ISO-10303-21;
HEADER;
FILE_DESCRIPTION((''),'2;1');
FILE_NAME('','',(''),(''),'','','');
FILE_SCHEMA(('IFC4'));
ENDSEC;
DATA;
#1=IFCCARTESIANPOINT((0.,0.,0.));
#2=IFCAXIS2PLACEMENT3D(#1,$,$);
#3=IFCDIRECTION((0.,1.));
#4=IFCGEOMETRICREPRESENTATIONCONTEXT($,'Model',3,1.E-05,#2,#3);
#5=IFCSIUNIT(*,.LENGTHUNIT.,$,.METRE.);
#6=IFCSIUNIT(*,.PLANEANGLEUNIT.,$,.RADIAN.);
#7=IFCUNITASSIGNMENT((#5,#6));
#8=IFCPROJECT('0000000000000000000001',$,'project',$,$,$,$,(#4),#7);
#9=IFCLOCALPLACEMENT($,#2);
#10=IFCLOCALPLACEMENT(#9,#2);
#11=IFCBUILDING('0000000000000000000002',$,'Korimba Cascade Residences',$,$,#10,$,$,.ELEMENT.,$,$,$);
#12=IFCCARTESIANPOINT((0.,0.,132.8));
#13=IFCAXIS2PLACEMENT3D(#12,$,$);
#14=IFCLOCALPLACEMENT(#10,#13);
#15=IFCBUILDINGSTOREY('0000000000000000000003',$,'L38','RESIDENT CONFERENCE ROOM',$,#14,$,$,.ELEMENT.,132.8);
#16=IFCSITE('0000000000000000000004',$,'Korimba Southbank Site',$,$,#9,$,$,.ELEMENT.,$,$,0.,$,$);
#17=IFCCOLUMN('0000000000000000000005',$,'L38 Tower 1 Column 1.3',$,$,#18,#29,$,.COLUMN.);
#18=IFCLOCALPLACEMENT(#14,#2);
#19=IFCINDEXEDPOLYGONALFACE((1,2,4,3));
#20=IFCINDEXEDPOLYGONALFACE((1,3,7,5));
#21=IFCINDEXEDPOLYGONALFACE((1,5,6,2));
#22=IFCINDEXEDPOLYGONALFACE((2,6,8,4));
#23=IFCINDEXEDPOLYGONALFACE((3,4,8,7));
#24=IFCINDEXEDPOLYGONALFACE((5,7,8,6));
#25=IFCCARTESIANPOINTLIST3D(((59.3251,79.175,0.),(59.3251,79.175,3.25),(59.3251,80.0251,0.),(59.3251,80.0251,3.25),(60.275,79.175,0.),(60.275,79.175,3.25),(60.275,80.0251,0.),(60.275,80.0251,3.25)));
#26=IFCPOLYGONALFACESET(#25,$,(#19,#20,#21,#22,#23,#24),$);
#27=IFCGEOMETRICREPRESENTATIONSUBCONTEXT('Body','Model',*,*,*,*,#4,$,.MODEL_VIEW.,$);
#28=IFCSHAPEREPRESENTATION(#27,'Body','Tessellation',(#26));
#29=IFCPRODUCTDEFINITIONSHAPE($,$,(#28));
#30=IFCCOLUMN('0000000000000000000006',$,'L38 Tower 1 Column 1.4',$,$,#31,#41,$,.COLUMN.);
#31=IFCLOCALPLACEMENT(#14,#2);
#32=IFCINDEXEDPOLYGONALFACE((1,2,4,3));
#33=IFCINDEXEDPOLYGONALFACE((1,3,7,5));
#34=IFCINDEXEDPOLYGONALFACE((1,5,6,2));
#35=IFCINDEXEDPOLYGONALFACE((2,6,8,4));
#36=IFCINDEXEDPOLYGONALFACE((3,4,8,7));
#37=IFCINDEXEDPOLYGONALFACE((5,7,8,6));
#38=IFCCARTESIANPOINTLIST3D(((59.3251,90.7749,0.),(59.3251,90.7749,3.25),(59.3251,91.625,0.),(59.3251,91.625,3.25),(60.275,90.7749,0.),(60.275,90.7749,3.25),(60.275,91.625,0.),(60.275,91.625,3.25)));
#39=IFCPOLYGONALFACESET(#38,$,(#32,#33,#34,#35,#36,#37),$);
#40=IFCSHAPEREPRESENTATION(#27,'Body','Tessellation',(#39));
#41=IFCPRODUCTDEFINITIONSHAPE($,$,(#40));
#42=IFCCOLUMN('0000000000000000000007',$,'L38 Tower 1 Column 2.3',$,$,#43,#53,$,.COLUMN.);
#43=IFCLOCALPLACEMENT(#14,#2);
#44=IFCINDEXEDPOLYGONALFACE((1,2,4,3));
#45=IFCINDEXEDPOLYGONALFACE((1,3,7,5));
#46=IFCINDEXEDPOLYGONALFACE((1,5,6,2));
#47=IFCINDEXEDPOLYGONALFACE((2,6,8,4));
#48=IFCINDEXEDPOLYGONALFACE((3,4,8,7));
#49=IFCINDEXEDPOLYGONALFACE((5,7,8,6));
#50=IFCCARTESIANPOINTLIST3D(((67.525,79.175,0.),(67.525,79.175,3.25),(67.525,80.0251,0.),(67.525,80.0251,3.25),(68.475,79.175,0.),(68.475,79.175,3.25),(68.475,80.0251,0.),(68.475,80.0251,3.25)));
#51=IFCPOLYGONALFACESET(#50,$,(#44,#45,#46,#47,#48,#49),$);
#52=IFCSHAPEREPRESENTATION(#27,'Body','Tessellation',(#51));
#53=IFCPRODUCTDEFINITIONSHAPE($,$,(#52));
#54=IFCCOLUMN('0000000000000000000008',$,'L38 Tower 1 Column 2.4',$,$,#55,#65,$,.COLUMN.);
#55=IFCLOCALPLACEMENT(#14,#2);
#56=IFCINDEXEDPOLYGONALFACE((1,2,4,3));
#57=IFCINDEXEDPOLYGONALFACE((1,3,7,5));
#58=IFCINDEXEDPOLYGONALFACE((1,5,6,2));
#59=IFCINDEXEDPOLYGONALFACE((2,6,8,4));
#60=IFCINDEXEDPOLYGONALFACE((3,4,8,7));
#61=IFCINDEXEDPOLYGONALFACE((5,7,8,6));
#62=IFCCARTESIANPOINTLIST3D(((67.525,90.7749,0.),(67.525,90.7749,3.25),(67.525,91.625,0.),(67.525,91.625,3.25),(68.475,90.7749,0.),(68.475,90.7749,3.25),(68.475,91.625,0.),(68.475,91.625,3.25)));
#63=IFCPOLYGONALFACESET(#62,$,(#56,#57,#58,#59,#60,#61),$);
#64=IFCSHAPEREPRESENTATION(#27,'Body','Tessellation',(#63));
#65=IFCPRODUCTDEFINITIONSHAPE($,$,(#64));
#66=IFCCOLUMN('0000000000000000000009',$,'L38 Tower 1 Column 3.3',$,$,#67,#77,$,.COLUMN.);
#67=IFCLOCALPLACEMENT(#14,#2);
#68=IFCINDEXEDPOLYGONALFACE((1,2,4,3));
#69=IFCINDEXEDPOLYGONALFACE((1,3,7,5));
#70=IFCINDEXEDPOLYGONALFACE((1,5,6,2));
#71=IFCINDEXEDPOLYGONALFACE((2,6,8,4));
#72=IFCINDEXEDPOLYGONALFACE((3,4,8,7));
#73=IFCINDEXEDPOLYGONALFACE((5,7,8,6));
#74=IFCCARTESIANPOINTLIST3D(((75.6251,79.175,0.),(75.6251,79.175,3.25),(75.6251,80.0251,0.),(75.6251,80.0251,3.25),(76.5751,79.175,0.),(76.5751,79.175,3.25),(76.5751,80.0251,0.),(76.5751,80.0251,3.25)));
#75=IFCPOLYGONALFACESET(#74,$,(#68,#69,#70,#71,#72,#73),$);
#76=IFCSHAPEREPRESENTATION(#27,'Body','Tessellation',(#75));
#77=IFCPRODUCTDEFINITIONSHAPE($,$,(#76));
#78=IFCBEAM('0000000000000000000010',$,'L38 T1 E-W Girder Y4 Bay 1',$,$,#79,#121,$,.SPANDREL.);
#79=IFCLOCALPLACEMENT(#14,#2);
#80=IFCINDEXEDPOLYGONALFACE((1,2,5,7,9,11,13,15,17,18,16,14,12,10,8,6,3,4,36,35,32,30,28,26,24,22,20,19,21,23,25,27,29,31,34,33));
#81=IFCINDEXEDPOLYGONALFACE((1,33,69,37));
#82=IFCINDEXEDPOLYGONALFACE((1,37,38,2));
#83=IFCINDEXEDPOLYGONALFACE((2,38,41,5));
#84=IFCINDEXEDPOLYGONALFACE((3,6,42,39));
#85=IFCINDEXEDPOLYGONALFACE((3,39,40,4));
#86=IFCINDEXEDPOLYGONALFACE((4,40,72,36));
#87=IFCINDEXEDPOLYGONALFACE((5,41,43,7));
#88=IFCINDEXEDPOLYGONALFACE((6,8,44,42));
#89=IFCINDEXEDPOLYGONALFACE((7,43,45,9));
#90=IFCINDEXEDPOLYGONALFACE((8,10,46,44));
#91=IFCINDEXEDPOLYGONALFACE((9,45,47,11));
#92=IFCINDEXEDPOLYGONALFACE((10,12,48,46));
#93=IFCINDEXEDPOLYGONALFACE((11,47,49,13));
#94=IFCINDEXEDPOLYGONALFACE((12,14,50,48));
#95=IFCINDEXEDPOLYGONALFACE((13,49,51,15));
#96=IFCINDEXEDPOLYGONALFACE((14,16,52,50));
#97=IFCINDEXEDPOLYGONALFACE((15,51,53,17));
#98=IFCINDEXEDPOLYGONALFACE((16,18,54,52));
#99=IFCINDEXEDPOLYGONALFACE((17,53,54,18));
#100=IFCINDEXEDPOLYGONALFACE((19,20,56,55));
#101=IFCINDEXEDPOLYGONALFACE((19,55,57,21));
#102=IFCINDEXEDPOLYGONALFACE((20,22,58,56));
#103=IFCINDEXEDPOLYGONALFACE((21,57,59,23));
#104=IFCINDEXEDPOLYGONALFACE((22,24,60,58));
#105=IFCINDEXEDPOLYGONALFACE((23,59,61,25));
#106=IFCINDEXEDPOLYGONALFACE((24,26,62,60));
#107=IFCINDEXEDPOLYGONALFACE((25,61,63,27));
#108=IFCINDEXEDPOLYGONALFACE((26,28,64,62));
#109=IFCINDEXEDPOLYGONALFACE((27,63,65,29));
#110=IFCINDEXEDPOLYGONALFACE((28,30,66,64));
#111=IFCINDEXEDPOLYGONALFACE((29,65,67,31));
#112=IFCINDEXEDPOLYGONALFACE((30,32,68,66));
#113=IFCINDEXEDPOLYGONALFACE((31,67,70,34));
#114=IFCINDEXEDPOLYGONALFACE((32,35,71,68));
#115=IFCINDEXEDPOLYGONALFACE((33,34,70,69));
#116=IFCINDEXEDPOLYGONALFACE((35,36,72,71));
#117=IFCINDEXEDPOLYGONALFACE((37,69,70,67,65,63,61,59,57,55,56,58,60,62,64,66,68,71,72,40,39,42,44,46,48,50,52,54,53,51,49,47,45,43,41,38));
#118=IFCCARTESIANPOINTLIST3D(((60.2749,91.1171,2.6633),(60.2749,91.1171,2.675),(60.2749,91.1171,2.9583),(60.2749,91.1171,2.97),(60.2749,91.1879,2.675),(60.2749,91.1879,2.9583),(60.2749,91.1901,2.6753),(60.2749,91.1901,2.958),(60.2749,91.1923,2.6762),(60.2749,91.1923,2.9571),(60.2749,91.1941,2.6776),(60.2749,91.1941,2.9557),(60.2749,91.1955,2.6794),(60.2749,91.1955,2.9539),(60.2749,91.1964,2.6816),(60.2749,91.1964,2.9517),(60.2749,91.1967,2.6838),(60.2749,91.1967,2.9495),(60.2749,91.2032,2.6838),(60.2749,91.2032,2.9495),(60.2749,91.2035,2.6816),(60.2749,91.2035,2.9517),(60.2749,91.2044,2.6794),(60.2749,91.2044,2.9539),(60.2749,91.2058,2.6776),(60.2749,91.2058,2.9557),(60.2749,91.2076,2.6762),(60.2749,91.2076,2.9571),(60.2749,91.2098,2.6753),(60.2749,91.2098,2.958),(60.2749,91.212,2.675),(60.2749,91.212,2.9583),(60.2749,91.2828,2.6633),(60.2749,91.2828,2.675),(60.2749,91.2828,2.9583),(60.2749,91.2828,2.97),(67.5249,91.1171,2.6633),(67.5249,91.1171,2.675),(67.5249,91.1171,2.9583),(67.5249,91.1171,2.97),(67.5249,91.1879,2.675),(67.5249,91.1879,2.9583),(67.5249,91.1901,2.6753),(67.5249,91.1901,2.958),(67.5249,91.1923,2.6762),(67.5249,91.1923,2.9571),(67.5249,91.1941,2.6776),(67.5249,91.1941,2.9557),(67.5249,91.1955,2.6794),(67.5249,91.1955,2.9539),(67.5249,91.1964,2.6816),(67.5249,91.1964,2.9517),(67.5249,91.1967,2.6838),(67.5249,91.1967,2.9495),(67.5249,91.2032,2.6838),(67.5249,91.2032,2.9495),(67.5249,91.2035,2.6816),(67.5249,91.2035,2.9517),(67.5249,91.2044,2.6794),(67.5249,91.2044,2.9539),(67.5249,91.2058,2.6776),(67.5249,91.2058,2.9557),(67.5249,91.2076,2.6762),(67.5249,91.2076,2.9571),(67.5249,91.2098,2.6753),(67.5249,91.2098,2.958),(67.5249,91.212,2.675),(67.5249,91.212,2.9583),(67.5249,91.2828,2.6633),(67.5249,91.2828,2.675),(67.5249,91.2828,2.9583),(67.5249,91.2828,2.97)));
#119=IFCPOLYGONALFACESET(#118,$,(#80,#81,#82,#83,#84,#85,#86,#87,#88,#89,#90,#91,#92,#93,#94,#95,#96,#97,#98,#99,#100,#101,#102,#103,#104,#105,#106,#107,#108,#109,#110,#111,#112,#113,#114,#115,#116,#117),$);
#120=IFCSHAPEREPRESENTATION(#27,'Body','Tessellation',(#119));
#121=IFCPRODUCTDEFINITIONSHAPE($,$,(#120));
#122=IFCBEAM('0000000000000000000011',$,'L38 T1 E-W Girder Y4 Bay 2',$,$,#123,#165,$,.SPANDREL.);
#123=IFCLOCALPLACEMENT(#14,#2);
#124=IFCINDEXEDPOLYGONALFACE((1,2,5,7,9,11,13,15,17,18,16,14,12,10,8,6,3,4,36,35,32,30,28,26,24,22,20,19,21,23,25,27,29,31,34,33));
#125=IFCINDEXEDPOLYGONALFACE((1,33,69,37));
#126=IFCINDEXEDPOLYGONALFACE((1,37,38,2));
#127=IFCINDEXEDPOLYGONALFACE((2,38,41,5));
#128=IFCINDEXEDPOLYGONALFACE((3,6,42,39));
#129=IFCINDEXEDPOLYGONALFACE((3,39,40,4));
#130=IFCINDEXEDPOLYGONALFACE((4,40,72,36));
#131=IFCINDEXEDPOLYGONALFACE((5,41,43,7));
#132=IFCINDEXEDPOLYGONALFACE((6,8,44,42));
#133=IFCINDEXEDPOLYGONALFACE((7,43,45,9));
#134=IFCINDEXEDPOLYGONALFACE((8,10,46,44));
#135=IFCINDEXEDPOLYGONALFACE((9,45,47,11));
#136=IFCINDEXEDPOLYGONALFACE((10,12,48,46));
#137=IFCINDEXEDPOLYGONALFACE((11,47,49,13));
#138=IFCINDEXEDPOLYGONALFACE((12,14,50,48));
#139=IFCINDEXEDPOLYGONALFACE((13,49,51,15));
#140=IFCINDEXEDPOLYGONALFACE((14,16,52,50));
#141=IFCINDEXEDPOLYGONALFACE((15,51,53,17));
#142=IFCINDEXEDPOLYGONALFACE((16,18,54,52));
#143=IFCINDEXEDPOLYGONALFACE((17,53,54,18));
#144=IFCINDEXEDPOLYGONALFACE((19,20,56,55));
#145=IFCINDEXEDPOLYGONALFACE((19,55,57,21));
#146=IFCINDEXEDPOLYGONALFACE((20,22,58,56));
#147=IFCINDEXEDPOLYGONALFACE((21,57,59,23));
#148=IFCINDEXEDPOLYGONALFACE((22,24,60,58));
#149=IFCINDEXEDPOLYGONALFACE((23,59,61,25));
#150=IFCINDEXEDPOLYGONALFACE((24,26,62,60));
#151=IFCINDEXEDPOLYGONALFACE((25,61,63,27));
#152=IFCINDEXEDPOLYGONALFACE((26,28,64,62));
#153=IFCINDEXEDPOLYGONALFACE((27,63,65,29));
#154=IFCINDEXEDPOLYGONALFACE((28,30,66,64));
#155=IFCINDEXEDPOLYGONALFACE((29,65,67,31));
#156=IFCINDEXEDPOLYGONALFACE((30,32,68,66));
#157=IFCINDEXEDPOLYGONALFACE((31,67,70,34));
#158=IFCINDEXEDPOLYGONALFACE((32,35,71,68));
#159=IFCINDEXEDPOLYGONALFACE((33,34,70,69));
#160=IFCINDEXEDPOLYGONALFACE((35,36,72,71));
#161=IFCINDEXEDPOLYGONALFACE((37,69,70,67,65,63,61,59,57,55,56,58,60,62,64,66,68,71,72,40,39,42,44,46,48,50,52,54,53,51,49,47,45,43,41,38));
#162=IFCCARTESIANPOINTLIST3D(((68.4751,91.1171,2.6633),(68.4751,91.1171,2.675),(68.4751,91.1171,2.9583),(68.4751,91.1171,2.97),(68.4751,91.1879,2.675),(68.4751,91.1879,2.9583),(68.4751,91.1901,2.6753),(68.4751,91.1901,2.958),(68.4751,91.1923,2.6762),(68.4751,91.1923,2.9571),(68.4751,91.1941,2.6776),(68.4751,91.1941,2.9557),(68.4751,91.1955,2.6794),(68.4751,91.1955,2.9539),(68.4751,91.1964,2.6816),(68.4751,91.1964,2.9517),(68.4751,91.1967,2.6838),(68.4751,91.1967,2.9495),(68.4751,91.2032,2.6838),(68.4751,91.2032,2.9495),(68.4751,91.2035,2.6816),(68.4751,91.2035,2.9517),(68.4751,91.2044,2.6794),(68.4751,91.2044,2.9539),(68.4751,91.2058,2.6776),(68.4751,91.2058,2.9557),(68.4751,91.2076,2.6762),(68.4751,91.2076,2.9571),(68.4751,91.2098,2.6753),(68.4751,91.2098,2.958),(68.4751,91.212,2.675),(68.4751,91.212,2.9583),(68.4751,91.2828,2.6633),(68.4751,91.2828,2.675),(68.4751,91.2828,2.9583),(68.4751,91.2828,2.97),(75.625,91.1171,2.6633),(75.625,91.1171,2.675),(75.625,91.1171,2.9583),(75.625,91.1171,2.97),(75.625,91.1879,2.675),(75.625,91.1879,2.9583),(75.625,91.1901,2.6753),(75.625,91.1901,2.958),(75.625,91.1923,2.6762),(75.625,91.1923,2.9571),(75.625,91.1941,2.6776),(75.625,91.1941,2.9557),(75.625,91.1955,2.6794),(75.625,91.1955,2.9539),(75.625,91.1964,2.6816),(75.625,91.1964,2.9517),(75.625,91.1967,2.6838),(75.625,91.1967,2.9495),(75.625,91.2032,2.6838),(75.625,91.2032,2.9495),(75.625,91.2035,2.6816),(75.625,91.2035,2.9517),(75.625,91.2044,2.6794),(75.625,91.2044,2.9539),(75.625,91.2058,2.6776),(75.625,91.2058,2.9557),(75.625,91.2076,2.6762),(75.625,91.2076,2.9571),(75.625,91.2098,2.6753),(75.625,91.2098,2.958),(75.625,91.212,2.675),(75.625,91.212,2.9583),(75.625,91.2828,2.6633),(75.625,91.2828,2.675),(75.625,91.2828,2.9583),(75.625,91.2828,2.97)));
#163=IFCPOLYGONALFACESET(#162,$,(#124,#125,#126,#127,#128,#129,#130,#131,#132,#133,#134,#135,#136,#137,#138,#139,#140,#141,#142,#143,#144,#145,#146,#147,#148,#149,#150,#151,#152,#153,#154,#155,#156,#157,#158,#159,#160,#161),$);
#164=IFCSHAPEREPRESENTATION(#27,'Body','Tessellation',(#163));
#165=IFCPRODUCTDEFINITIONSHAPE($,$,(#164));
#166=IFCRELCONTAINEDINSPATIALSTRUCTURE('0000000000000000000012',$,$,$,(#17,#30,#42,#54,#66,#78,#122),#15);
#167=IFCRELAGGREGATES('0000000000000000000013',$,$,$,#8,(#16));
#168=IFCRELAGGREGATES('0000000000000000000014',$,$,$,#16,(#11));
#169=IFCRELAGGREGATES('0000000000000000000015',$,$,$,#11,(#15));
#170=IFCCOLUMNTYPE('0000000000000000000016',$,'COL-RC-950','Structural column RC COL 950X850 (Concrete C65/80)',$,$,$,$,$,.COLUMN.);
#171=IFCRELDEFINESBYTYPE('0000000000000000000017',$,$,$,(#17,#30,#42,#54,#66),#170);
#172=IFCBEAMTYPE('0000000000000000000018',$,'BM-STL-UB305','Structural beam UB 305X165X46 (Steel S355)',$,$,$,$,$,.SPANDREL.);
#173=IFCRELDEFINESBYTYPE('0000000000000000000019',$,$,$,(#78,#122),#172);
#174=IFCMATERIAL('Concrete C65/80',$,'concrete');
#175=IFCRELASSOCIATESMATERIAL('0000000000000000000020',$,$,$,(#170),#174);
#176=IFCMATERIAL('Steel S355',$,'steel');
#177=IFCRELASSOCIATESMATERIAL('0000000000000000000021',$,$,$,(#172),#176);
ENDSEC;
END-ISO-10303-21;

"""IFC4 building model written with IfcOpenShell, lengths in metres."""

from ifc_helpers import new_model, si_unit, direction, frame, origin, origin_2d, place, context, subcontext, project, spatial, rectangle, i_section, extrude, material, material_profile, profile_set, type_object, element, save


model = new_model("IFC4")

# Units and contexts
model_context = context("Model", 3, precision=1e-05, world=origin(), true_north=direction((0.0, 1.0)))
body_context = subcontext(model_context, "Body", "Model", "MODEL_VIEW")
ifc_project = project(units=[si_unit("LENGTHUNIT", "METRE"), si_unit("PLANEANGLEUNIT", "RADIAN")], contexts=[model_context])

# Site, building, storey
site_placement = place(None, origin())
site = spatial("IfcSite", under=ifc_project, at=site_placement, Name="Korimba Southbank Site", CompositionType="ELEMENT", RefElevation=0.0)
building_placement = place(site_placement, origin())
building = spatial("IfcBuilding", under=site, at=building_placement, Name="Korimba Cascade Residences", CompositionType="ELEMENT")
storey_placement = place(building_placement, frame((0.0, 0.0, 132.8)))
storey = spatial("IfcBuildingStorey", under=building, at=storey_placement, Name="L38", Description="RESIDENT CONFERENCE ROOM", CompositionType="ELEMENT", Elevation=132.8)

# Columns
ifc_material_1 = material(Name="Concrete C65/80", Category="concrete")
ifc_material_profile_1 = material_profile(ifc_material_1, rectangle(XDim=0.95, YDim=0.8501, at=origin_2d()), Name="Concrete C65/80")
ifc_profile_set_1 = profile_set([ifc_material_profile_1], Name="Concrete C65/80")
column_type = type_object("IfcColumnType", Name="COL-RC-950", Description="Structural column RC COL 950X850 (Concrete C65/80)", PredefinedType="COLUMN", material=ifc_profile_set_1)
for number, where, z_axis, x_axis, name in (
    (1, (59.8, 79.6001, 0.0), (0.0, 0.0, 1.0), (1.0, 0.0, 0.0), "L38 Tower 1 Column 1.3"),
    (2, (59.8, 91.2, 0.0), (0.0, 0.0, 1.0), (1.0, 0.0, 0.0), "L38 Tower 1 Column 1.4"),
    (3, (68.0, 79.6001, 0.0), (0.0, 0.0, 1.0), (1.0, 0.0, 0.0), "L38 Tower 1 Column 2.3"),
    (4, (68.0, 91.2, 0.0), (0.0, 0.0, 1.0), (1.0, 0.0, 0.0), "L38 Tower 1 Column 2.4"),
    (5, (76.1001, 79.6001, 0.0), (0.0, 0.0, 1.0), (1.0, 0.0, 0.0), "L38 Tower 1 Column 3.3"),
):
    element("IfcColumn", number, at=place(storey_placement, frame(where, z_axis=z_axis, x_axis=x_axis)), inside=storey, type_object=column_type, Name=name, PredefinedType="COLUMN", context=body_context, shape_type="SweptSolid", body=[
        extrude(rectangle(XDim=0.95, YDim=0.8501, at=origin_2d()), origin(), (0.0, 0.0, 1.0), 3.25),
    ])

# Beams
ifc_material_2 = material(Name="Steel S355", Category="steel")
ifc_material_profile_2 = material_profile(ifc_material_2, i_section(OverallWidth=0.1658, OverallDepth=0.3066, WebThickness=0.0066, FlangeThickness=0.0117, FilletRadius=0.0088, at=origin_2d()), Name="Steel S355")
ifc_profile_set_2 = profile_set([ifc_material_profile_2], Name="Steel S355")
beam_type_1 = type_object("IfcBeamType", Name="BM-STL-UB305", Description="Structural beam UB 305X165X46 (Steel S355)", PredefinedType="SPANDREL", material=ifc_profile_set_2)
beam_1_placement = place(storey_placement, frame((60.2749, 91.2, 2.8167), z_axis=(1.0, 0.0, 0.0), x_axis=(0.0, 1.0, 0.0)))
element("IfcBeam", 6, at=beam_1_placement, inside=storey, type_object=beam_type_1, Name="L38 T1 E-W Girder Y4 Bay 1", PredefinedType="SPANDREL", context=body_context, shape_type="SweptSolid", body=[
    extrude(i_section(OverallWidth=0.1658, OverallDepth=0.3066, WebThickness=0.0066, FlangeThickness=0.0117, FilletRadius=0.0088, at=origin_2d()), origin(), (0.0, 0.0, 1.0), 7.25),
])
beam_2_placement = place(storey_placement, frame((68.4751, 91.2, 2.8167), z_axis=(1.0, 0.0, 0.0), x_axis=(0.0, 1.0, 0.0)))
element("IfcBeam", 7, at=beam_2_placement, inside=storey, type_object=beam_type_1, Name="L38 T1 E-W Girder Y4 Bay 2", PredefinedType="SPANDREL", context=body_context, shape_type="SweptSolid", body=[
    extrude(i_section(OverallWidth=0.1658, OverallDepth=0.3066, WebThickness=0.0066, FlangeThickness=0.0117, FilletRadius=0.0088, at=origin_2d()), origin(), (0.0, 0.0, 1.0), 7.1499),
])

save(model, "model.ifc")
